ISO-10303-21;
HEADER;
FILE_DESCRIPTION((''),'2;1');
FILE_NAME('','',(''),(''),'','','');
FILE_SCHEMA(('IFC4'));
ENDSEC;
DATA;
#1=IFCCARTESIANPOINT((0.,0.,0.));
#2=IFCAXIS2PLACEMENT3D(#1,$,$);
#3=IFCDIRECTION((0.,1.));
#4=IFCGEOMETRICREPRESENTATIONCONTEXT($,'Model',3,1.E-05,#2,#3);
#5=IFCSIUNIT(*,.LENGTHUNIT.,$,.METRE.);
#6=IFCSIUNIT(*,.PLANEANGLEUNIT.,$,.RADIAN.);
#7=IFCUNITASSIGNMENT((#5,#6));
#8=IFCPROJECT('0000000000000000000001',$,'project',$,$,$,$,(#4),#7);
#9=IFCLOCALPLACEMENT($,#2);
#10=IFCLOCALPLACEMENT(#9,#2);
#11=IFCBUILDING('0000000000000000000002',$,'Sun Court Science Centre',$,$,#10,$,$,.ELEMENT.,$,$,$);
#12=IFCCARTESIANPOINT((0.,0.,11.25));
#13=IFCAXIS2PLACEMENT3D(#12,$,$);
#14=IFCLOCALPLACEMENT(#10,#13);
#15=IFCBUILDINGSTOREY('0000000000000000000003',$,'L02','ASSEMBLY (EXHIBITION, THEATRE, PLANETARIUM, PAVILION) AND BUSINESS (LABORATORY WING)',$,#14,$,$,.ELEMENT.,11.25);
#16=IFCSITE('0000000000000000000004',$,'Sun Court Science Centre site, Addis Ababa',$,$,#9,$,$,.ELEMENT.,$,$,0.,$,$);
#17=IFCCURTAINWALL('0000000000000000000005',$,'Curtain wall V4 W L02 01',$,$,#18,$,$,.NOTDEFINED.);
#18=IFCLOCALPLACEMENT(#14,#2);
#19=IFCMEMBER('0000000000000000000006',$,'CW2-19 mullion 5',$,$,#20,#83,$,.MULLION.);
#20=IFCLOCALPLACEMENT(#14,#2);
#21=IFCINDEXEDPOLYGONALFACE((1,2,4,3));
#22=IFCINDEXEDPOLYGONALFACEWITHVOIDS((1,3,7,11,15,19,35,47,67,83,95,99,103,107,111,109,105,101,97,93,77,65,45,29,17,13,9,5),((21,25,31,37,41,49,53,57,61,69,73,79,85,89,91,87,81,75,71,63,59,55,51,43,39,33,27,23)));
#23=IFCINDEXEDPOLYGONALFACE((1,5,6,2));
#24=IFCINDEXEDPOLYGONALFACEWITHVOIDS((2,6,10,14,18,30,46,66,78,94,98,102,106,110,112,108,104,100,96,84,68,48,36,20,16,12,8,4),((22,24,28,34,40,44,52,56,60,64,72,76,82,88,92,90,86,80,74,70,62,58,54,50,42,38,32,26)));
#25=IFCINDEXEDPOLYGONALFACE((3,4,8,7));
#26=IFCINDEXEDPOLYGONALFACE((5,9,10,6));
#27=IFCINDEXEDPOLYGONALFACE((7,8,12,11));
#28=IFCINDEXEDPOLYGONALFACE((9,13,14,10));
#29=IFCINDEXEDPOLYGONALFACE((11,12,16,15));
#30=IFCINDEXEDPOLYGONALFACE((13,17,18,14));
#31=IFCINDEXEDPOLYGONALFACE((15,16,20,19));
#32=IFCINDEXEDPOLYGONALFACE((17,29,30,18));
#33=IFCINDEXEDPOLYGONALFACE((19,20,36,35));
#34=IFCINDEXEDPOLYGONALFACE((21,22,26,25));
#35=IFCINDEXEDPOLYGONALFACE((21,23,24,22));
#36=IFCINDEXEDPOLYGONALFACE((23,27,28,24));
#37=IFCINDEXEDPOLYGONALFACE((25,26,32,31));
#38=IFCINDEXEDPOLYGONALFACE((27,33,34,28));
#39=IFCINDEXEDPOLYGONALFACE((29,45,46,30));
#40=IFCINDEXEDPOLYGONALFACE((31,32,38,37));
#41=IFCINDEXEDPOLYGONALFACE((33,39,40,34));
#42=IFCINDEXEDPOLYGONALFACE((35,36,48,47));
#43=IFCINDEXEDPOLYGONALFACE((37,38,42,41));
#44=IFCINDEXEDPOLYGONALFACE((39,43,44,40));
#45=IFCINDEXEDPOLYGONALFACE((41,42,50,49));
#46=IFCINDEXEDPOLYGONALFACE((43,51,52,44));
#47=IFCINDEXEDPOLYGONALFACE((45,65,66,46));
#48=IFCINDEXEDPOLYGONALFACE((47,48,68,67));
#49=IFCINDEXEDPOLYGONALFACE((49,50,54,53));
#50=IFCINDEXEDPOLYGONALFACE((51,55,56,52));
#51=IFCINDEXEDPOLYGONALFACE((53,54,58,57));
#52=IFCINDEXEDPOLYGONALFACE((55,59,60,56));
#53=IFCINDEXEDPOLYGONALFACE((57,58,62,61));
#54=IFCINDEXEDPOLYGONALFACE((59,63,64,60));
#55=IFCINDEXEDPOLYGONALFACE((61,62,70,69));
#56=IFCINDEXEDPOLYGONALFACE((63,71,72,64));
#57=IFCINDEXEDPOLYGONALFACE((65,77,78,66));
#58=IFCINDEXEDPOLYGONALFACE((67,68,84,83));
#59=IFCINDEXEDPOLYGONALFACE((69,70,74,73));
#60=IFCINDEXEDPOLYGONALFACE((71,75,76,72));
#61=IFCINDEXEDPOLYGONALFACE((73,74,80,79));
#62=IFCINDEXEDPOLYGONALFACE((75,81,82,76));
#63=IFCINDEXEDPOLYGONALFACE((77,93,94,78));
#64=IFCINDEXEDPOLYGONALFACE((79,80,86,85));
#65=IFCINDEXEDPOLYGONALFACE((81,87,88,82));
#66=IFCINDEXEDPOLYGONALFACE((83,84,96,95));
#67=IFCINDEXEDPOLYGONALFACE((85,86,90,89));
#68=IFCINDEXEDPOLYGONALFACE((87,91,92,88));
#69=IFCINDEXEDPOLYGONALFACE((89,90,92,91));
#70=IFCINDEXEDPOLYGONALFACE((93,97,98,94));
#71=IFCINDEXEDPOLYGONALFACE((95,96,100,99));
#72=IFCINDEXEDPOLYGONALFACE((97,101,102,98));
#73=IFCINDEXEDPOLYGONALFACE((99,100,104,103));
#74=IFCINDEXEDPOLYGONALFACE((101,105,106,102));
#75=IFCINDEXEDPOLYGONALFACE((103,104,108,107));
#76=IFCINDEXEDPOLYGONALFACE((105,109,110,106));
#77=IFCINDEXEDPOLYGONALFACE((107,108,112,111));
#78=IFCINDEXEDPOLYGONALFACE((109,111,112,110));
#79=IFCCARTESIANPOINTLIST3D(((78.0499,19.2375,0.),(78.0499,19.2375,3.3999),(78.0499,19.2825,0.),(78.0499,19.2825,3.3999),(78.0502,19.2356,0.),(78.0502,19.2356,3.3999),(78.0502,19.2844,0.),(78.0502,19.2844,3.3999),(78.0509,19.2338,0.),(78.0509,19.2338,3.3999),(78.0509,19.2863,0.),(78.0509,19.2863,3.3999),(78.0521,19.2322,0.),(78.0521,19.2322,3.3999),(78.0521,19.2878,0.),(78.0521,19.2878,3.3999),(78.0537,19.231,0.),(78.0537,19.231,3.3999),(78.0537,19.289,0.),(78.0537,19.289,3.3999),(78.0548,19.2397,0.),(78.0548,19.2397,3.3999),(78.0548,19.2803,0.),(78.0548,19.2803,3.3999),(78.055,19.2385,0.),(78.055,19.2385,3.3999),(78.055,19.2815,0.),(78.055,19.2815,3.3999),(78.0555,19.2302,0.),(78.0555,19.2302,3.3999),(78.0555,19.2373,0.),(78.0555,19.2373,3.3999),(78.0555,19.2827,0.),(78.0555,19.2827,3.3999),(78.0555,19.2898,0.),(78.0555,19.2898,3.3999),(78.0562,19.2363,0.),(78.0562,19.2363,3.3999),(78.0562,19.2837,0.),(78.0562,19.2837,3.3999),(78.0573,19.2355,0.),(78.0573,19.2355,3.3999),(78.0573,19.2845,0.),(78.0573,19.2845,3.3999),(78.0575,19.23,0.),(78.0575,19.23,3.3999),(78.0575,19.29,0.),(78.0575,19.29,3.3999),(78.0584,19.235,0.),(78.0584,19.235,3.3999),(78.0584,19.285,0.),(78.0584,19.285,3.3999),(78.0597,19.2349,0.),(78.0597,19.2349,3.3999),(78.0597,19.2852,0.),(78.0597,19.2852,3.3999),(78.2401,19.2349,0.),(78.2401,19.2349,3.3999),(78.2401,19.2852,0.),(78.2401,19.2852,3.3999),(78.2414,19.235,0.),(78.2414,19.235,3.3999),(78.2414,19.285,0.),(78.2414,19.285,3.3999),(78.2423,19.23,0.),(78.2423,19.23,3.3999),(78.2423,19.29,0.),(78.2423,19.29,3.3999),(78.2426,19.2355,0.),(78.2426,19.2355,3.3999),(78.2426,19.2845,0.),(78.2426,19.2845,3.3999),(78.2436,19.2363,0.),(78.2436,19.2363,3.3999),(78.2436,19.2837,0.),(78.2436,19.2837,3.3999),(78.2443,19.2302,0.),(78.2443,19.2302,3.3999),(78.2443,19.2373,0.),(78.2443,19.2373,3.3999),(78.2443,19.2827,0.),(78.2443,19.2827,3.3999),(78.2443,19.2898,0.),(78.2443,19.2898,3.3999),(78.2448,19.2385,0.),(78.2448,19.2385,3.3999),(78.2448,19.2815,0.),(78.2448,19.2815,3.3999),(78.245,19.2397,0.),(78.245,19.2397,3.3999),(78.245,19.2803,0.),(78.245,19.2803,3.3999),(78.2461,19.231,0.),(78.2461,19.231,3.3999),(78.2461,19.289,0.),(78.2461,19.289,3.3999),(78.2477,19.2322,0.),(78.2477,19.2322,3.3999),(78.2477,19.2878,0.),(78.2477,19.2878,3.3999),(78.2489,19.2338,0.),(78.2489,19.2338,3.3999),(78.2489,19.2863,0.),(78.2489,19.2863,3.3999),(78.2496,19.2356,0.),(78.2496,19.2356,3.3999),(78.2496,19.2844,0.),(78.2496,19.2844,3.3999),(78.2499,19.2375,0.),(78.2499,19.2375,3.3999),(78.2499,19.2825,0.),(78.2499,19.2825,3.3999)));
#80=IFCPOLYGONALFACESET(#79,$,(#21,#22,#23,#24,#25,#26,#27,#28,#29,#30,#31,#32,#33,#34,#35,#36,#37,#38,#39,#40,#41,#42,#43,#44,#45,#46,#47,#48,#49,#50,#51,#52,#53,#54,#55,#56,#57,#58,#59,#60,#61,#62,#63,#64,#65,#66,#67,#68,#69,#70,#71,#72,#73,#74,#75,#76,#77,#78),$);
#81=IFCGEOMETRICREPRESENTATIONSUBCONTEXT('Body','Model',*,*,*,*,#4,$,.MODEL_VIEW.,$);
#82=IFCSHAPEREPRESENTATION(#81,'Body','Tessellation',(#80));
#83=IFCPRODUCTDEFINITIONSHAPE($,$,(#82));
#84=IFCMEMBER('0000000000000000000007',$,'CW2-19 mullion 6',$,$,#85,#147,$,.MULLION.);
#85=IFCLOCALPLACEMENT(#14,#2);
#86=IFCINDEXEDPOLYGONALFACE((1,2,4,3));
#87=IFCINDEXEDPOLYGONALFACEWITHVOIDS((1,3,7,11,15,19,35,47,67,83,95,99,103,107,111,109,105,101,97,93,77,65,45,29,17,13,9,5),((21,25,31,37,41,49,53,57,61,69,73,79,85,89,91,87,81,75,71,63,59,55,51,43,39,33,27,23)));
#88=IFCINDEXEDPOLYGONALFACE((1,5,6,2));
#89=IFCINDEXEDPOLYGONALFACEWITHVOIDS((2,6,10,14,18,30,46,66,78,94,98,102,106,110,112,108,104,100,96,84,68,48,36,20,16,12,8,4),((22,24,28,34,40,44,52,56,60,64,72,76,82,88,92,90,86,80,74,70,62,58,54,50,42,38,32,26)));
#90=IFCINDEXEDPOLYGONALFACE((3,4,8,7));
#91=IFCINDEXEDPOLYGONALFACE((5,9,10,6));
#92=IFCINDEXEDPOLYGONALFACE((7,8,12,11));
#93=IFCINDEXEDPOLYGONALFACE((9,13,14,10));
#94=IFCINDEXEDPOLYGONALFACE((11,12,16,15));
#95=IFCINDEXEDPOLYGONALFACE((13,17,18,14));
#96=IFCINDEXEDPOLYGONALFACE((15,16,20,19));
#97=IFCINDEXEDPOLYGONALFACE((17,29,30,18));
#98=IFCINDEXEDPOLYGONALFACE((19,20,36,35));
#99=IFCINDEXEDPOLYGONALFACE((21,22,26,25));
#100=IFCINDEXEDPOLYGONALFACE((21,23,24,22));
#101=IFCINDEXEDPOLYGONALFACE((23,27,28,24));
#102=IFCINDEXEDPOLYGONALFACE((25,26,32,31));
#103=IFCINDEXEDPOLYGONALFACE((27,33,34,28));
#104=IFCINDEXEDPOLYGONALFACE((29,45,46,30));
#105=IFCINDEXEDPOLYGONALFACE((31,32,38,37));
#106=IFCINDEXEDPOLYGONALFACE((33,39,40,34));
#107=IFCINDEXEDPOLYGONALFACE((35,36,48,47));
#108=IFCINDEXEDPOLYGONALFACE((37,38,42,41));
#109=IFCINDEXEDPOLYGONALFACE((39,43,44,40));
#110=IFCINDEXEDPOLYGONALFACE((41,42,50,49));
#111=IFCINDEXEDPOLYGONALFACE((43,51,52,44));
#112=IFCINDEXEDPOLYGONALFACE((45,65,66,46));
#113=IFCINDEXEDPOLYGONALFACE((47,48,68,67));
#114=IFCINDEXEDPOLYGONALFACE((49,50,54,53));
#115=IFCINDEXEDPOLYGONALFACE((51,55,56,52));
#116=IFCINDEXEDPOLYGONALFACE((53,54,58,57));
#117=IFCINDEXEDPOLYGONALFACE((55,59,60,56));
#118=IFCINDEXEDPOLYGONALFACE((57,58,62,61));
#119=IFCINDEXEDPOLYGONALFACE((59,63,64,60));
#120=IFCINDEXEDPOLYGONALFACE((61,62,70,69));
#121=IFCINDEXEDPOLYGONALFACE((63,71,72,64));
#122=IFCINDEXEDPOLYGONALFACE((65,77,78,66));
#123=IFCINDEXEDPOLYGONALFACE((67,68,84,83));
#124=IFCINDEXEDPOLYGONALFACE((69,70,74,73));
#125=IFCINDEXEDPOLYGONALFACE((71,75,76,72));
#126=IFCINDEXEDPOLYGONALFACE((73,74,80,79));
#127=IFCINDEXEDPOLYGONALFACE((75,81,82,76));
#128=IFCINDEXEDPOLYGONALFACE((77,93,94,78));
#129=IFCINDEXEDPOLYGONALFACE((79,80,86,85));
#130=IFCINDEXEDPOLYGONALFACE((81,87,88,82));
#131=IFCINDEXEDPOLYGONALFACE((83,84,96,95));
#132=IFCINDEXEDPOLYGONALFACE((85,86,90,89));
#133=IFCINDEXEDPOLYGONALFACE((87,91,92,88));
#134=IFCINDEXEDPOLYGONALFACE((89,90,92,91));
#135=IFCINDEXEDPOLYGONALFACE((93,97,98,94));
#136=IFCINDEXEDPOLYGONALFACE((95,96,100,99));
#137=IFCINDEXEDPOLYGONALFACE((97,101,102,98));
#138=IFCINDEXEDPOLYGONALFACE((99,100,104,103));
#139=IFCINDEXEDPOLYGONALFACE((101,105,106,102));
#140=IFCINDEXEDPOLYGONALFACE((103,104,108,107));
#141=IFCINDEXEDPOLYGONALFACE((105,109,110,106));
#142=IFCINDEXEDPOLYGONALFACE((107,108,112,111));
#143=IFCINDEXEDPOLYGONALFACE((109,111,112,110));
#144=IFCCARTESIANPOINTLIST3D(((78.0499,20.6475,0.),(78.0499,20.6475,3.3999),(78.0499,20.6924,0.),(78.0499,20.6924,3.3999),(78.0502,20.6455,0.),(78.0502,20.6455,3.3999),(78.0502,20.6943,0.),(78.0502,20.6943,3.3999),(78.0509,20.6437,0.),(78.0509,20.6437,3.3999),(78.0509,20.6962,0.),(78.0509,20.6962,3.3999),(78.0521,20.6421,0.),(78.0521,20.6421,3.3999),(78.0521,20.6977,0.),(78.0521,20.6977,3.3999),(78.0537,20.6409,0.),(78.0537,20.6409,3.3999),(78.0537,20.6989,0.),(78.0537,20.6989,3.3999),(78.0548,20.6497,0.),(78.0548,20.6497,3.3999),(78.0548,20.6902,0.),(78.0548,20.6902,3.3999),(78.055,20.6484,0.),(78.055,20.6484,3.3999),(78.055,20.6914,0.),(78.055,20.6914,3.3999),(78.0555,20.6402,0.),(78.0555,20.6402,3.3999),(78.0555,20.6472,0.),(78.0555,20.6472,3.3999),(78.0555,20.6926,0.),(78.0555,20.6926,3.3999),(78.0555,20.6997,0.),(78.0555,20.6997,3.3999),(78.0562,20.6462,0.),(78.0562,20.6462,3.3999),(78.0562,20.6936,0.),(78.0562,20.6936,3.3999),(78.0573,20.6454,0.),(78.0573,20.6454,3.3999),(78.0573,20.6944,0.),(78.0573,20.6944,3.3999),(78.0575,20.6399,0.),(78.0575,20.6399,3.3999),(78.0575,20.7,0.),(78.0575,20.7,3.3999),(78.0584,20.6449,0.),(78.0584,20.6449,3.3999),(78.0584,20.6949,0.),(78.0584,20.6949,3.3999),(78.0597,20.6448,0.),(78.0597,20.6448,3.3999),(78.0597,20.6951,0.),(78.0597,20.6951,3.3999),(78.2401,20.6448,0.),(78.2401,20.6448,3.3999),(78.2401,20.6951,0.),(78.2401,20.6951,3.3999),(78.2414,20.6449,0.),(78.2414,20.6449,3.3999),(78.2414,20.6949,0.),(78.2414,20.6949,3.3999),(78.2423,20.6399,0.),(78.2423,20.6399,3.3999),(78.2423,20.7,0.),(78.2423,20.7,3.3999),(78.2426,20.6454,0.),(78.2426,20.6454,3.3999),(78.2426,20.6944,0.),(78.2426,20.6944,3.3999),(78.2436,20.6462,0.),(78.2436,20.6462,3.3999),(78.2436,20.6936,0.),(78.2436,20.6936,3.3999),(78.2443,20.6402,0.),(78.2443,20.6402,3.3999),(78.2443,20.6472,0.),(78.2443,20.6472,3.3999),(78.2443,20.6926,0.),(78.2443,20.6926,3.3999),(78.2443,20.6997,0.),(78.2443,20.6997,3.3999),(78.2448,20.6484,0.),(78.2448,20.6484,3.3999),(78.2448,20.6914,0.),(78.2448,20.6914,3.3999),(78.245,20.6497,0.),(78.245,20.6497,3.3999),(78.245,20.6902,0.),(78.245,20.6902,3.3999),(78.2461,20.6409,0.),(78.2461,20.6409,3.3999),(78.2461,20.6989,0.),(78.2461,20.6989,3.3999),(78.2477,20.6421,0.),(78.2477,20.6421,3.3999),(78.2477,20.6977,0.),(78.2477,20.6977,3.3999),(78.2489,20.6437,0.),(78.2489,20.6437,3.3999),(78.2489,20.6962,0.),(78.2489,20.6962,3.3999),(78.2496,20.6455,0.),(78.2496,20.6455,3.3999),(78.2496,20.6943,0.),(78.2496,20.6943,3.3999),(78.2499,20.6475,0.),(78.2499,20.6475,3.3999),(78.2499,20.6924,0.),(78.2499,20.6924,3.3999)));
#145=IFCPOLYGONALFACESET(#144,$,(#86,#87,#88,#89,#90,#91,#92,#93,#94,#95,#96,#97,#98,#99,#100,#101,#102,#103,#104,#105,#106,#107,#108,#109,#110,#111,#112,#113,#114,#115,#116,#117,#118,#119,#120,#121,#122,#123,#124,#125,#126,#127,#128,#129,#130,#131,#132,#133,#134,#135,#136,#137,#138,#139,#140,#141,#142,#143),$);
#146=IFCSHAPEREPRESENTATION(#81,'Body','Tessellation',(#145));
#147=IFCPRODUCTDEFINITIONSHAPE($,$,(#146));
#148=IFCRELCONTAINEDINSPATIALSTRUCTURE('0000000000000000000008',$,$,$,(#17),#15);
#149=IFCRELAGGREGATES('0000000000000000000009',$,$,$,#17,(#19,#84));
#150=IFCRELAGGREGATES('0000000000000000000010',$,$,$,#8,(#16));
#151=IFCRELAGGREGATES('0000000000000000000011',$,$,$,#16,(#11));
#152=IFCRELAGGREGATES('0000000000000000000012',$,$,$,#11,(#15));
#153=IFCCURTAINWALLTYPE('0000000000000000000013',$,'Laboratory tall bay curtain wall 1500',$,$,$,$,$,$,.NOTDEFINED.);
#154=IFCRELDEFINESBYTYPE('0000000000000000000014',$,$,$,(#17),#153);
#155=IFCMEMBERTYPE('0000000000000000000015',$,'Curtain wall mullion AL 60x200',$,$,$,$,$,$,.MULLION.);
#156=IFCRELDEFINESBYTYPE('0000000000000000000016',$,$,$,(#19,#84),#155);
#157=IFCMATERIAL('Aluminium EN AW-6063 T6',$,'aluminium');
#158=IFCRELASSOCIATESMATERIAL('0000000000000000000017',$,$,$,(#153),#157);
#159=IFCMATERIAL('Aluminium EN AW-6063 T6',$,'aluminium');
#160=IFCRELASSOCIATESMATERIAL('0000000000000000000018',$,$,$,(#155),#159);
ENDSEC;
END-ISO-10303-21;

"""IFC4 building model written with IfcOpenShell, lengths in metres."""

from ifc_helpers import new_model, si_unit, direction, frame, origin, origin_2d, place, context, subcontext, project, spatial, hollow_rectangle, extrude, material, material_profile, profile_set, type_object, element, aggregate, save


model = new_model("IFC4")

# Units and contexts
model_context = context("Model", 3, precision=1e-05, world=origin(), true_north=direction((0.0, 1.0)))
body_context = subcontext(model_context, "Body", "Model", "MODEL_VIEW")
ifc_project = project(units=[si_unit("LENGTHUNIT", "METRE"), si_unit("PLANEANGLEUNIT", "RADIAN")], contexts=[model_context])

# Site, building, storey
site_placement = place(None, origin())
site = spatial("IfcSite", under=ifc_project, at=site_placement, Name="Sun Court Science Centre site, Addis Ababa", CompositionType="ELEMENT", RefElevation=0.0)
building_placement = place(site_placement, origin())
building = spatial("IfcBuilding", under=site, at=building_placement, Name="Sun Court Science Centre", CompositionType="ELEMENT")
storey_placement = place(building_placement, frame((0.0, 0.0, 11.25)))
storey = spatial("IfcBuildingStorey", under=building, at=storey_placement, Name="L02", Description="ASSEMBLY (EXHIBITION, THEATRE, PLANETARIUM, PAVILION) AND BUSINESS (LABORATORY WING)", CompositionType="ELEMENT", Elevation=11.25)

# Curtain wall, members
ifc_material_1 = material(Name="Aluminium EN AW-6063 T6", Category="aluminium")
curtain_wall_type = type_object("IfcCurtainWallType", Name="Laboratory tall bay curtain wall 1500", PredefinedType="NOTDEFINED", material=ifc_material_1)
curtain_wall_1_placement = place(storey_placement, origin())
curtain_wall_1 = element("IfcCurtainWall", 1, at=curtain_wall_1_placement, inside=storey, type_object=curtain_wall_type, Name="Curtain wall V4 W L02 01", PredefinedType="NOTDEFINED")
ifc_material_2 = material(Name="Aluminium EN AW-6063 T6", Category="aluminium")
ifc_material_profile_1 = material_profile(ifc_material_2, hollow_rectangle(XDim=0.0601, YDim=0.2, WallThickness=0.0049, InnerFilletRadius=0.0049, OuterFilletRadius=0.0076, at=origin_2d()), Name="AL 60x200x5")
ifc_profile_set_1 = profile_set([ifc_material_profile_1], Name="Aluminium EN AW-6063 T6")
member_type_1 = type_object("IfcMemberType", Name="Curtain wall mullion AL 60x200", PredefinedType="MULLION", material=ifc_profile_set_1)
member_1_placement = place(storey_placement, frame((78.1499, 19.26, 0.0), z_axis=(0.0, 0.0, 1.0), x_axis=(0.0, 1.0, 0.0)))
member_1 = element("IfcMember", 2, at=member_1_placement, type_object=member_type_1, Name="CW2-19 mullion 5", PredefinedType="MULLION", context=body_context, shape_type="SweptSolid", body=[
    extrude(hollow_rectangle(XDim=0.0601, YDim=0.2, WallThickness=0.0049, InnerFilletRadius=0.0049, OuterFilletRadius=0.0076, at=origin_2d()), origin(), (0.0, 0.0, 1.0), 3.3999),
])
member_2_placement = place(storey_placement, frame((78.1499, 20.6699, 0.0), z_axis=(0.0, 0.0, 1.0), x_axis=(0.0, 1.0, 0.0)))
member_2 = element("IfcMember", 3, at=member_2_placement, type_object=member_type_1, Name="CW2-19 mullion 6", PredefinedType="MULLION", context=body_context, shape_type="SweptSolid", body=[
    extrude(hollow_rectangle(XDim=0.0601, YDim=0.2, WallThickness=0.0049, InnerFilletRadius=0.0049, OuterFilletRadius=0.0076, at=origin_2d()), origin(), (0.0, 0.0, 1.0), 3.3999),
])

aggregate(curtain_wall_1, [member_1, member_2])

save(model, "model.ifc")
